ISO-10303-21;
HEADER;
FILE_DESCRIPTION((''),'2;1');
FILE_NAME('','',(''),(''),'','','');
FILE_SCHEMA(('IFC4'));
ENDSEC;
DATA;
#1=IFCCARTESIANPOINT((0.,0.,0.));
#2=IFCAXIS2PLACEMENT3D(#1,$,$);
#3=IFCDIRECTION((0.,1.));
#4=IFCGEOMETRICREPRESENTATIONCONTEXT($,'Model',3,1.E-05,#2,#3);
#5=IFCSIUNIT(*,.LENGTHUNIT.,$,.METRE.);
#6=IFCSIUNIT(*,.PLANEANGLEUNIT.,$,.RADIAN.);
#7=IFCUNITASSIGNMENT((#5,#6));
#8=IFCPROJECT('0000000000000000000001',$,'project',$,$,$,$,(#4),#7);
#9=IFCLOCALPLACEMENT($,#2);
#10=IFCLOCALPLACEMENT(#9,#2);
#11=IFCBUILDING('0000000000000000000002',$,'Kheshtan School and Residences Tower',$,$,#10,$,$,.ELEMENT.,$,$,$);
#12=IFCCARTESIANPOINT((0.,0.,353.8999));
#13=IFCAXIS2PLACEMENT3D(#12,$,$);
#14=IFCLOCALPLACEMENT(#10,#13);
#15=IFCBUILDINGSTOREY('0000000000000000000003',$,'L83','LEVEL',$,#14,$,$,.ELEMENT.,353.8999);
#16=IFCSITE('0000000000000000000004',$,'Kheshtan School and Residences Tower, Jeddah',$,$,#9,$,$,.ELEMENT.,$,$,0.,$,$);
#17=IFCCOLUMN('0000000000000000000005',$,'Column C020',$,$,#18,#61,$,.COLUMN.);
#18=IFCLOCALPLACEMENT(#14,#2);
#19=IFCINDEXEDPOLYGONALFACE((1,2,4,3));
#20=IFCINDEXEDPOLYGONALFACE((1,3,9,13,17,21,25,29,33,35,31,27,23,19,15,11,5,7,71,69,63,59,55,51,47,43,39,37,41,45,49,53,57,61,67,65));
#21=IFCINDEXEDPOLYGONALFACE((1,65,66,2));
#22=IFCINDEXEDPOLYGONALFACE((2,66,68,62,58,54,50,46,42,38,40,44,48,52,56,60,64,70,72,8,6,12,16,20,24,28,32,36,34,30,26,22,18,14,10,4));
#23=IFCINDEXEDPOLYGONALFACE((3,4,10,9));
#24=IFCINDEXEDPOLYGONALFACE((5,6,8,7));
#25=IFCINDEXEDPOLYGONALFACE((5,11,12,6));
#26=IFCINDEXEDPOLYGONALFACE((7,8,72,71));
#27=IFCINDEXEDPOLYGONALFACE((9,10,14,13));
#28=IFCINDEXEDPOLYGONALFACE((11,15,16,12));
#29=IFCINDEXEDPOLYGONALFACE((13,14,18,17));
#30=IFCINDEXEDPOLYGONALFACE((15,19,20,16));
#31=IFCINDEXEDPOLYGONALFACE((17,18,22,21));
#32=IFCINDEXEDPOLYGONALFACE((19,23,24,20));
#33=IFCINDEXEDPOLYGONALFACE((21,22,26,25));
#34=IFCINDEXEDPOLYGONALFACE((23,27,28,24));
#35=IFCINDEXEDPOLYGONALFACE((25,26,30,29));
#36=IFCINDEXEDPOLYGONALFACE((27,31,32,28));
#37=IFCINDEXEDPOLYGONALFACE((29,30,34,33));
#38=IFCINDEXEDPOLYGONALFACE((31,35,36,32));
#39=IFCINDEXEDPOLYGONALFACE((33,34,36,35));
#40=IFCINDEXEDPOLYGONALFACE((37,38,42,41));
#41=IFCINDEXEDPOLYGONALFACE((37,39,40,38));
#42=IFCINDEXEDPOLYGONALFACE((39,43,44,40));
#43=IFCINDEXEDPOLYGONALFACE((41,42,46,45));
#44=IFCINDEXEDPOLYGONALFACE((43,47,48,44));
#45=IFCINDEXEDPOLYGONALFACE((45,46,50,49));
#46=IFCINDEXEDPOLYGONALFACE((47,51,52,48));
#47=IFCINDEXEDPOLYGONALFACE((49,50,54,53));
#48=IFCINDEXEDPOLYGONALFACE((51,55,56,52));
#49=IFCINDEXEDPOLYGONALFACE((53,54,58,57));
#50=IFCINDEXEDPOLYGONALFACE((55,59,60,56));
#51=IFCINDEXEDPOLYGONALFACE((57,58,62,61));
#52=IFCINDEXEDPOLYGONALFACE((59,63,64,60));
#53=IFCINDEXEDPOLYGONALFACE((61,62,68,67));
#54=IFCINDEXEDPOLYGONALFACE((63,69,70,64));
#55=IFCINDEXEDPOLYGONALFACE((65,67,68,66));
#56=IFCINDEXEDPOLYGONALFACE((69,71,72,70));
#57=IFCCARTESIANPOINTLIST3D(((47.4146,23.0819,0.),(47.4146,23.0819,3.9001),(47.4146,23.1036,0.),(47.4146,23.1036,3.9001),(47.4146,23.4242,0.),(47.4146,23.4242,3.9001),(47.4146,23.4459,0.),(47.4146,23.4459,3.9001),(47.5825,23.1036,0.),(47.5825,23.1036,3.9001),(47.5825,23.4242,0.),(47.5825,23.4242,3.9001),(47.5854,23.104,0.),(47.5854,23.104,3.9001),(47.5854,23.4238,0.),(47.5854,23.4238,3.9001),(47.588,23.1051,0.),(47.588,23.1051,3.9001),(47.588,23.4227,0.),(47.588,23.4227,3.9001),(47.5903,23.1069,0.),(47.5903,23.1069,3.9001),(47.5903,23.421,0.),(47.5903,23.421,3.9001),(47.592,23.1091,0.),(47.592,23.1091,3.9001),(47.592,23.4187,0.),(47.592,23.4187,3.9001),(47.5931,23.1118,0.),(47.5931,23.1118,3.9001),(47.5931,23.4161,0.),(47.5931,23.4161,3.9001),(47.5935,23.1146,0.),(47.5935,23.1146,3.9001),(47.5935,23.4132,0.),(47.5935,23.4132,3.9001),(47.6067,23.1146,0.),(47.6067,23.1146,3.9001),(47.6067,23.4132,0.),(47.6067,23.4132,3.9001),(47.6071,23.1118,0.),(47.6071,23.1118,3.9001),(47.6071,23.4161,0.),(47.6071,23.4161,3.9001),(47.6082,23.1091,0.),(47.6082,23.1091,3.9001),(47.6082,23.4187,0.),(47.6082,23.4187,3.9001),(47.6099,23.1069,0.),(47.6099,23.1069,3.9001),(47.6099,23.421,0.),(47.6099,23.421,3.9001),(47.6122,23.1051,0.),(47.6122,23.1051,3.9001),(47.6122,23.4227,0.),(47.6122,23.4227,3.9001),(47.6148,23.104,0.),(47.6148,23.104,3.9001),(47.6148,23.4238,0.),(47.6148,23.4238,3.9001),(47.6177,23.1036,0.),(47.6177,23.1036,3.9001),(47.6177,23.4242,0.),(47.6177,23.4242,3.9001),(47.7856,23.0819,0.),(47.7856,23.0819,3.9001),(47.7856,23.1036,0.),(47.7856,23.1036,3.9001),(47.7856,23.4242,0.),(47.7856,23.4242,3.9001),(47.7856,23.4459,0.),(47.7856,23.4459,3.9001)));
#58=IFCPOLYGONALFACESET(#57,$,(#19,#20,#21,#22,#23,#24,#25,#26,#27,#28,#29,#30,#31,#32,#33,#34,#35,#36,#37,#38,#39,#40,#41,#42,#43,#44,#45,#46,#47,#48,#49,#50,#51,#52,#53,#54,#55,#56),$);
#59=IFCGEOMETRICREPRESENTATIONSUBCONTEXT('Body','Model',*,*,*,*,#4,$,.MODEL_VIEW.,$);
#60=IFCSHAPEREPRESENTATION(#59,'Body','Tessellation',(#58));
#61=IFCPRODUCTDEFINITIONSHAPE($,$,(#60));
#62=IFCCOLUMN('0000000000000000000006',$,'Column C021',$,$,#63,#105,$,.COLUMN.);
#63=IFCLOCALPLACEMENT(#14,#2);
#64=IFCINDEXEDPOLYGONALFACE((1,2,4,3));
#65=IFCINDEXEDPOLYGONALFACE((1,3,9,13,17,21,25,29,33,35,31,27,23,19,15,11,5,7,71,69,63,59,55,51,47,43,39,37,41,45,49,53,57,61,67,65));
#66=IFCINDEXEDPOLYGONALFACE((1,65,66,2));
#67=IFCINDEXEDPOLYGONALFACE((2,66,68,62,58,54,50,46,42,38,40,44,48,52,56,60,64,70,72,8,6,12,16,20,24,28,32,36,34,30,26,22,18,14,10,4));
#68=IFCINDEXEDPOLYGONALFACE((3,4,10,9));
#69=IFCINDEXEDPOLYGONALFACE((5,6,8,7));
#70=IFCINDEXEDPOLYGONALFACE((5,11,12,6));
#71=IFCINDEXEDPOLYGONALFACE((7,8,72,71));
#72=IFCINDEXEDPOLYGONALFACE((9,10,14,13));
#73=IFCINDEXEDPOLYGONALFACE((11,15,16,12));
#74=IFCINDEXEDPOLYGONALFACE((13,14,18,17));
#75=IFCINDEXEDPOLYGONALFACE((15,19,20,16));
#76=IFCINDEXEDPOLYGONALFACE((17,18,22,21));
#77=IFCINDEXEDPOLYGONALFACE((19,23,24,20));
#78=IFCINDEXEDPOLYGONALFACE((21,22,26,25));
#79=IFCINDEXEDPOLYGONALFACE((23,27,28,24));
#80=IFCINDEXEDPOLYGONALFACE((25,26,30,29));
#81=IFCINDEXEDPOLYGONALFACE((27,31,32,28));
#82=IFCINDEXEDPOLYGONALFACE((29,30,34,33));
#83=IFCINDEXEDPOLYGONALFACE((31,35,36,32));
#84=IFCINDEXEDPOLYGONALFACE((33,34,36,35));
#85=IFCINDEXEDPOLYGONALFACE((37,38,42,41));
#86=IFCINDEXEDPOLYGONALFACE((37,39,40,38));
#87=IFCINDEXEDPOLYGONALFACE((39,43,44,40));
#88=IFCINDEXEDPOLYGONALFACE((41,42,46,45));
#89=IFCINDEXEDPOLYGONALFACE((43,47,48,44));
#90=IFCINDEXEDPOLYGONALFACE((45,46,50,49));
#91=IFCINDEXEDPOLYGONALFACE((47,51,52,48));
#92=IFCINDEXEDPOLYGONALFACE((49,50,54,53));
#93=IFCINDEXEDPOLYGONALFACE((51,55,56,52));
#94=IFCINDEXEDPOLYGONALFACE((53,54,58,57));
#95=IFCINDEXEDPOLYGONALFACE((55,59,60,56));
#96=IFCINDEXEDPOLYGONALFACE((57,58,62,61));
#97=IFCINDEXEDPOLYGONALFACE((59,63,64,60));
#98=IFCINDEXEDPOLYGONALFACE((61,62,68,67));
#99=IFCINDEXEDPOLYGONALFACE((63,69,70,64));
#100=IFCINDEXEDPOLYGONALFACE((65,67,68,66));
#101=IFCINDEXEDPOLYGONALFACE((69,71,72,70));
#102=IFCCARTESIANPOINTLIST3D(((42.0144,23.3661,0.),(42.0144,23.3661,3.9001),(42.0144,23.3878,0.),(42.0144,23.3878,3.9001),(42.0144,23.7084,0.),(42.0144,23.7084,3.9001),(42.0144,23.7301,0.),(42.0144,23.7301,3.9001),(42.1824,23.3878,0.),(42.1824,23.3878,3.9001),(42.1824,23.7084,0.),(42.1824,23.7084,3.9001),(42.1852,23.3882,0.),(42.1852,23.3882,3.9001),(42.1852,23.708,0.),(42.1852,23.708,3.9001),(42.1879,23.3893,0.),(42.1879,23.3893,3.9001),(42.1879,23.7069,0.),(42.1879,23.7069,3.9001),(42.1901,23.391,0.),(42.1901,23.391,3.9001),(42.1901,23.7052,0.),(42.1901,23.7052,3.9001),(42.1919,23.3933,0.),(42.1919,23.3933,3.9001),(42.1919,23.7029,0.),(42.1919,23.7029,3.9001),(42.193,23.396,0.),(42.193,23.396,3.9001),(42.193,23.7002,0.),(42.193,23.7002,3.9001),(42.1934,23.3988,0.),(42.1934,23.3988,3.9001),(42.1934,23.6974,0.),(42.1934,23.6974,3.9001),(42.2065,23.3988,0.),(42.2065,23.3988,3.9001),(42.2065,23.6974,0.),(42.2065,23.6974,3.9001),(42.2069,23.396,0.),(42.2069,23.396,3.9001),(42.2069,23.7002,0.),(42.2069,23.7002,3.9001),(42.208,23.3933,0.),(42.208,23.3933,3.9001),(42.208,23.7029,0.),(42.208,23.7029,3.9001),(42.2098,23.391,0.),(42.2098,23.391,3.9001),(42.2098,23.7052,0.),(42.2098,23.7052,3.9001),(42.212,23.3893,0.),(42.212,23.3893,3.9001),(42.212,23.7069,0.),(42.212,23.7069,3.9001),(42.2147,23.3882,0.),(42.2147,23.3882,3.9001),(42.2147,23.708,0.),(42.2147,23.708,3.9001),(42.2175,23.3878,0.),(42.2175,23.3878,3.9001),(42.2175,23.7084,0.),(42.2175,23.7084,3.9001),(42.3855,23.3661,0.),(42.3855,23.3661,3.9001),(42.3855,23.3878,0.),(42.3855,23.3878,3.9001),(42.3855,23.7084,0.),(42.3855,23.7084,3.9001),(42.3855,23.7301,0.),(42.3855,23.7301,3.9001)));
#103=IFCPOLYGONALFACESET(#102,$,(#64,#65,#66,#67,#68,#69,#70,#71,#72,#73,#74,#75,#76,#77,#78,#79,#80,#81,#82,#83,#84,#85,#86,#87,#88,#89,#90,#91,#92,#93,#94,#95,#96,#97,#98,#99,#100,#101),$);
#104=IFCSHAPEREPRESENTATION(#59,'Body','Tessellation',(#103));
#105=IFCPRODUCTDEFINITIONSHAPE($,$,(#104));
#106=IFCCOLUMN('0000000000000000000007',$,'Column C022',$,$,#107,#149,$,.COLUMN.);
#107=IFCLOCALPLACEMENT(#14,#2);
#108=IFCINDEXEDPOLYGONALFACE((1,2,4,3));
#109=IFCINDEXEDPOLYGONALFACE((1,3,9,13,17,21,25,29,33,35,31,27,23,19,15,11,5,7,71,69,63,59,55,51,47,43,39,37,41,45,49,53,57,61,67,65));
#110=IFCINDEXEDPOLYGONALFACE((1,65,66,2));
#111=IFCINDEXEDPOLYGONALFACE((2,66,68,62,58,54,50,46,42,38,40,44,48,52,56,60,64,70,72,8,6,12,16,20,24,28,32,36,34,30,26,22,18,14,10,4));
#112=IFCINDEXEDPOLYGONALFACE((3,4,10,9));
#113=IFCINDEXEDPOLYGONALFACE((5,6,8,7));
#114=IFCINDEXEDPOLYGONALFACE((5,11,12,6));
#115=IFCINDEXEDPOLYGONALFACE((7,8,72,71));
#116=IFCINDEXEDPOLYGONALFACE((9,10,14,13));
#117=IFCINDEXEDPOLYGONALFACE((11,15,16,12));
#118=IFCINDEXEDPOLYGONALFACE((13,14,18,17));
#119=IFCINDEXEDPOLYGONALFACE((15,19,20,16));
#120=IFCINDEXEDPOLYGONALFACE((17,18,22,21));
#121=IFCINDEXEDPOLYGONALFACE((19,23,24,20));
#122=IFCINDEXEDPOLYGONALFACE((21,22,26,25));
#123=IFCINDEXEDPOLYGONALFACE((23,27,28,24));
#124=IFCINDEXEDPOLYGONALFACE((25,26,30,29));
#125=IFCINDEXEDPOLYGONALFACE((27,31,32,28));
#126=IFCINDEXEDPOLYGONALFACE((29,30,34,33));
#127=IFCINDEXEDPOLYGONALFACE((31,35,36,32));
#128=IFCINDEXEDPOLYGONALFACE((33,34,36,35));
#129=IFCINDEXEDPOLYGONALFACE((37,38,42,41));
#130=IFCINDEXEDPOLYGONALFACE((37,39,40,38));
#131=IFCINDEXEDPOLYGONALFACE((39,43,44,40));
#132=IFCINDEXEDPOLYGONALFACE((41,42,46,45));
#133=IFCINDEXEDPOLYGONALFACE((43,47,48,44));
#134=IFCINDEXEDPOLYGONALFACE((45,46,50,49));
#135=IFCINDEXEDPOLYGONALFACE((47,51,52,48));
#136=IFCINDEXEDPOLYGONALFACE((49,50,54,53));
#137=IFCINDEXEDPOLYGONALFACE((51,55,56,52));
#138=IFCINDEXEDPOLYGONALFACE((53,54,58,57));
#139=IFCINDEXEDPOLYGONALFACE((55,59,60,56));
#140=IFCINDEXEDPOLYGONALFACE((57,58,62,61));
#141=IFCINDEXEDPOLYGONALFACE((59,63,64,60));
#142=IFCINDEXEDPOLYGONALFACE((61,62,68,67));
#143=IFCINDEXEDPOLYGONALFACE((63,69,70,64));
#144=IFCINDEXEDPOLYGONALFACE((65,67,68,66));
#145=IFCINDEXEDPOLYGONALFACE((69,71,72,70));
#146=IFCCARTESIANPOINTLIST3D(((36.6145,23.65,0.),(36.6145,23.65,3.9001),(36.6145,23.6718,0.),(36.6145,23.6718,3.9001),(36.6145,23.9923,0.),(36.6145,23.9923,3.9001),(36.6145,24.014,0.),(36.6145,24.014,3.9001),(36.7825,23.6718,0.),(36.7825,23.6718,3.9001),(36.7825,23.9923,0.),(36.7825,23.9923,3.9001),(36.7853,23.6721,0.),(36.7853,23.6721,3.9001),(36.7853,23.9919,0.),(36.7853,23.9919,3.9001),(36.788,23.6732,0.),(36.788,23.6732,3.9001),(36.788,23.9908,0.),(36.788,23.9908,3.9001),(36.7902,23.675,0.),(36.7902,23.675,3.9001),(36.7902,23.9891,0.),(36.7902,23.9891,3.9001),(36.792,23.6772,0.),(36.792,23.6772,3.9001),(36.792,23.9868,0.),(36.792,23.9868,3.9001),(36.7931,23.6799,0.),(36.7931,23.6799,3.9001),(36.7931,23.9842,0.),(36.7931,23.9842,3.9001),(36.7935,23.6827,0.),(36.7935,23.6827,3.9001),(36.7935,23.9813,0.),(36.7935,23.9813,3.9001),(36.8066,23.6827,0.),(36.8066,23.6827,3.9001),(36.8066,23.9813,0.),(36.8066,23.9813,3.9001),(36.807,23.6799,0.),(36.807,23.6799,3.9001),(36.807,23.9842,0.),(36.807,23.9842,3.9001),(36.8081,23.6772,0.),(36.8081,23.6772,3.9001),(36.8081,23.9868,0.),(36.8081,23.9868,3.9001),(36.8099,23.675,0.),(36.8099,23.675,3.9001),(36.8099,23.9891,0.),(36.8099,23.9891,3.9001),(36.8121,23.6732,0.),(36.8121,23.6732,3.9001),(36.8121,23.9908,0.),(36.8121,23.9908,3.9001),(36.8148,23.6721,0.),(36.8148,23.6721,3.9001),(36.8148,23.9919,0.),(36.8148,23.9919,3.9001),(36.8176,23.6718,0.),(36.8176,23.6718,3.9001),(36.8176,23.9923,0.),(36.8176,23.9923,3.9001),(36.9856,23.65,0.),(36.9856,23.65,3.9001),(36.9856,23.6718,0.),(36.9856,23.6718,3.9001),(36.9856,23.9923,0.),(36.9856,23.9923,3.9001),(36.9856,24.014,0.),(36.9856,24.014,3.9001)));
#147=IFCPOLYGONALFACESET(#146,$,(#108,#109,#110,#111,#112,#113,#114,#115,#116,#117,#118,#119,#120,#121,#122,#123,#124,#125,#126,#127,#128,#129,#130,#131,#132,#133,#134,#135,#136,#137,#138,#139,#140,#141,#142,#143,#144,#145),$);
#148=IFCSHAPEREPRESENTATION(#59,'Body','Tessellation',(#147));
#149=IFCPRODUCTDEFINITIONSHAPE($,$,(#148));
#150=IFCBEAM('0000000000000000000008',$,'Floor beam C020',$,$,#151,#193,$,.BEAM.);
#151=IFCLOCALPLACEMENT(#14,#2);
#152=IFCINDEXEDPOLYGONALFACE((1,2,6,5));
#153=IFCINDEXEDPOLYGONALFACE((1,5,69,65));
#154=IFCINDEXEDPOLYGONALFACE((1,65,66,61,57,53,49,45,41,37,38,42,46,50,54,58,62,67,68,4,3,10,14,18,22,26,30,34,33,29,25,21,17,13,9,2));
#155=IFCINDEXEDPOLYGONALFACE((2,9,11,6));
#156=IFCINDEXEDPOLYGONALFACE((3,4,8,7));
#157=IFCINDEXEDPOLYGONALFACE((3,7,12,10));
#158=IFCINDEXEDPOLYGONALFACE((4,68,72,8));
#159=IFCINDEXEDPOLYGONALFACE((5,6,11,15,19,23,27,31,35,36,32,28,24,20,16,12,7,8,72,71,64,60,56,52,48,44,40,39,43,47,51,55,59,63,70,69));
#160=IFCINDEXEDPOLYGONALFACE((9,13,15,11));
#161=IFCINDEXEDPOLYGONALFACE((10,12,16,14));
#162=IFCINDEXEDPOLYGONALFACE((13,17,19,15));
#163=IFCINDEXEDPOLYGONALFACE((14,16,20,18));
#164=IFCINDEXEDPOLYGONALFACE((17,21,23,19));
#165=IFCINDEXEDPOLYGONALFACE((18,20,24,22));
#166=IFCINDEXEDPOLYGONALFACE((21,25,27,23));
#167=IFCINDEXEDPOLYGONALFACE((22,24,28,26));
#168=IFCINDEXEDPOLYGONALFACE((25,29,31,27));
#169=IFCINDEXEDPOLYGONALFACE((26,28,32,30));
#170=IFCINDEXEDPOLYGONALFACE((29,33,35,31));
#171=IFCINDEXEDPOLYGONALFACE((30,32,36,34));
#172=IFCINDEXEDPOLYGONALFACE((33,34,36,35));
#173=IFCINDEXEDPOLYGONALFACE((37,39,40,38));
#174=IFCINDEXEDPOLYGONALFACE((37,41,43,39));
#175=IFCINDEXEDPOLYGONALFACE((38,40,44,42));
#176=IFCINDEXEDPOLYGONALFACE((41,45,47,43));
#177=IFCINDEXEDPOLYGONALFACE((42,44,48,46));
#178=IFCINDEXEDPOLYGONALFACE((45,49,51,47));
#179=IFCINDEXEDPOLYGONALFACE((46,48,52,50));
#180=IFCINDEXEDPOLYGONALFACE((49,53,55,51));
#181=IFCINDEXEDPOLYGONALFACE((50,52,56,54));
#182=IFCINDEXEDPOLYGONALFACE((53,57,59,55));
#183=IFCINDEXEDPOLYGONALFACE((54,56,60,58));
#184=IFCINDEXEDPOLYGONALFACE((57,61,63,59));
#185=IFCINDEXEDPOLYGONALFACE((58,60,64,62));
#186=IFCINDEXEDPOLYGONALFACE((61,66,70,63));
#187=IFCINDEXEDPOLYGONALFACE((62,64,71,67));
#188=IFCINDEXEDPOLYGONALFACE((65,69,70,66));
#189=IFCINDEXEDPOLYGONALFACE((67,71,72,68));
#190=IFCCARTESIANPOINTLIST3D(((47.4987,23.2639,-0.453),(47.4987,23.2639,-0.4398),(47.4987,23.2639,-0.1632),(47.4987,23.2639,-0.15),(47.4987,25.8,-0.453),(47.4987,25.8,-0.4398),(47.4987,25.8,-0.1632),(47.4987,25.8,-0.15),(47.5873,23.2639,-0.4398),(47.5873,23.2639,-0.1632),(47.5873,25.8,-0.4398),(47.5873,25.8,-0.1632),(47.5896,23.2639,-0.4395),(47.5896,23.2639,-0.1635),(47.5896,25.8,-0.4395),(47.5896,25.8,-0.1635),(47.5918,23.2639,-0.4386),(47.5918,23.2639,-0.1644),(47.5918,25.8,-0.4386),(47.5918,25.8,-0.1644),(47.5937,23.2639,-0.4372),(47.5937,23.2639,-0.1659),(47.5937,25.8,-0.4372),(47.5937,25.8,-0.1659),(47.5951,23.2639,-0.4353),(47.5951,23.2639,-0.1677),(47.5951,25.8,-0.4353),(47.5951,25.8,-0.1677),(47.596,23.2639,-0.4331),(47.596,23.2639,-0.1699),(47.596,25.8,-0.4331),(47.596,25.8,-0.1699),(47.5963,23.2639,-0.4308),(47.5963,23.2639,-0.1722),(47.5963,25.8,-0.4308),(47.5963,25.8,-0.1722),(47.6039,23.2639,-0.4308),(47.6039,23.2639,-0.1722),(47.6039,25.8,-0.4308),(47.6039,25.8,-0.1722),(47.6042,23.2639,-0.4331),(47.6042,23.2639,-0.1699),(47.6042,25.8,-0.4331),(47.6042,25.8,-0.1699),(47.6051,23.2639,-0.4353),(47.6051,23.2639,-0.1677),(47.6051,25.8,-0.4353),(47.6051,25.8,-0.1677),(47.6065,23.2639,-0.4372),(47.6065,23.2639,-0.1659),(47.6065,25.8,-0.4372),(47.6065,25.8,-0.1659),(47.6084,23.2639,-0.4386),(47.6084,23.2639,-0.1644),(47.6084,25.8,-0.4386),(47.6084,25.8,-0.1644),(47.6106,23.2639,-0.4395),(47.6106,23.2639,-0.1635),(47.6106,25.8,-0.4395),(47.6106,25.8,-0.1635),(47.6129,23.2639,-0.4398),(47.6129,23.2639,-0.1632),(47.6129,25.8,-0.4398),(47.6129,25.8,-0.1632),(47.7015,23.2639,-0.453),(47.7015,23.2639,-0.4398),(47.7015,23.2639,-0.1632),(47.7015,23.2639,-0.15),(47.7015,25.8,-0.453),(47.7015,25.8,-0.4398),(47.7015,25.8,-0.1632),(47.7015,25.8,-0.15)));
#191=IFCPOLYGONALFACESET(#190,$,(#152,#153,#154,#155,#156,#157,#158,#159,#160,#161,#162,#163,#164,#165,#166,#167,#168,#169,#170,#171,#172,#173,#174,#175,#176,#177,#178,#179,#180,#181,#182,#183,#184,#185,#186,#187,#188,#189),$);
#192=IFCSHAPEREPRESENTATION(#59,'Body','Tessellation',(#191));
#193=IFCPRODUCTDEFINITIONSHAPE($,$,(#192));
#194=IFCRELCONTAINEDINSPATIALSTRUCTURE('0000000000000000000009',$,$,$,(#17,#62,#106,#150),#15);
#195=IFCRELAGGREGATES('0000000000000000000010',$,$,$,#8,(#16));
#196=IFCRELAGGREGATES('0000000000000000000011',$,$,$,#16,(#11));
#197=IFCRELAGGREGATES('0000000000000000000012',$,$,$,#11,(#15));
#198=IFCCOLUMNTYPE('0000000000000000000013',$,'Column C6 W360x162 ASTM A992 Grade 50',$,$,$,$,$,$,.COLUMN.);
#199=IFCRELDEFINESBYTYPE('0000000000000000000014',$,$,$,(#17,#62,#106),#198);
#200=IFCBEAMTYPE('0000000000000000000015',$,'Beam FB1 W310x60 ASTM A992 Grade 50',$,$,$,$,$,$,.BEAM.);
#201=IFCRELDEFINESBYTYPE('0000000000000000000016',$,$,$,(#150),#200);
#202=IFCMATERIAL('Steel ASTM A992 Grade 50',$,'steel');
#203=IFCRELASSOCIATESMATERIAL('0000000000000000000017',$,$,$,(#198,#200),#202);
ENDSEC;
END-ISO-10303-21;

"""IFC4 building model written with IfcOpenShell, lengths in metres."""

from ifc_helpers import new_model, si_unit, direction, frame, origin, origin_2d, place, context, subcontext, project, spatial, i_section, extrude, material, material_profile, profile_set, type_object, element, save


model = new_model("IFC4")

# Units and contexts
model_context = context("Model", 3, precision=1e-05, world=origin(), true_north=direction((0.0, 1.0)))
body_context = subcontext(model_context, "Body", "Model", "MODEL_VIEW")
ifc_project = project(units=[si_unit("LENGTHUNIT", "METRE"), si_unit("PLANEANGLEUNIT", "RADIAN")], contexts=[model_context])

# Site, building, storey
site_placement = place(None, origin())
site = spatial("IfcSite", under=ifc_project, at=site_placement, Name="Kheshtan School and Residences Tower, Jeddah", CompositionType="ELEMENT", RefElevation=0.0)
building_placement = place(site_placement, origin())
building = spatial("IfcBuilding", under=site, at=building_placement, Name="Kheshtan School and Residences Tower", CompositionType="ELEMENT")
storey_placement = place(building_placement, frame((0.0, 0.0, 353.8999)))
storey = spatial("IfcBuildingStorey", under=building, at=storey_placement, Name="L83", Description="LEVEL", CompositionType="ELEMENT", Elevation=353.8999)

# Columns
ifc_material_1 = material(Name="Steel ASTM A992 Grade 50", Category="steel")
ifc_material_profile_1 = material_profile(ifc_material_1, i_section(OverallWidth=0.3711, OverallDepth=0.364, WebThickness=0.0132, FlangeThickness=0.0217, FilletRadius=0.011, at=origin_2d()), Name="W360x162")
ifc_profile_set_1 = profile_set([ifc_material_profile_1], Name="Steel ASTM A992 Grade 50")
column_type = type_object("IfcColumnType", Name="Column C6 W360x162 ASTM A992 Grade 50", PredefinedType="COLUMN", material=ifc_profile_set_1)
for number, where, z_axis, x_axis, name in (
    (1, (47.6001, 23.2639, 0.0), (0.0, 0.0, 1.0), (1.0, 0.0, 0.0), "Column C020"),
    (2, (42.2, 23.5481, 0.0), (0.0, 0.0, 1.0), (1.0, 0.0, 0.0), "Column C021"),
    (3, (36.8, 23.832, 0.0), (0.0, 0.0, 1.0), (1.0, 0.0, 0.0), "Column C022"),
):
    element("IfcColumn", number, at=place(storey_placement, frame(where, z_axis=z_axis, x_axis=x_axis)), inside=storey, type_object=column_type, Name=name, PredefinedType="COLUMN", context=body_context, shape_type="SweptSolid", body=[
        extrude(i_section(OverallWidth=0.3711, OverallDepth=0.364, WebThickness=0.0132, FlangeThickness=0.0217, FilletRadius=0.011, at=origin_2d()), origin(), (0.0, 0.0, 1.0), 3.9001),
    ])

# Beam
ifc_material_profile_2 = material_profile(ifc_material_1, i_section(OverallWidth=0.2029, OverallDepth=0.303, WebThickness=0.0076, FlangeThickness=0.0132, FilletRadius=0.009, at=origin_2d()), Name="W310x60")
ifc_profile_set_2 = profile_set([ifc_material_profile_2], Name="Steel ASTM A992 Grade 50")
beam_type_1 = type_object("IfcBeamType", Name="Beam FB1 W310x60 ASTM A992 Grade 50", PredefinedType="BEAM", material=ifc_profile_set_2)
beam_1_placement = place(storey_placement, frame((47.6001, 23.2639, -0.3015), z_axis=(0.0, 1.0, 0.0), x_axis=(-1.0, 0.0, 0.0)))
element("IfcBeam", 4, at=beam_1_placement, inside=storey, type_object=beam_type_1, Name="Floor beam C020", PredefinedType="BEAM", context=body_context, shape_type="SweptSolid", body=[
    extrude(i_section(OverallWidth=0.2029, OverallDepth=0.303, WebThickness=0.0076, FlangeThickness=0.0132, FilletRadius=0.009, at=origin_2d()), origin(), (0.0, 0.0, 1.0), 2.5361),
])

save(model, "model.ifc")
